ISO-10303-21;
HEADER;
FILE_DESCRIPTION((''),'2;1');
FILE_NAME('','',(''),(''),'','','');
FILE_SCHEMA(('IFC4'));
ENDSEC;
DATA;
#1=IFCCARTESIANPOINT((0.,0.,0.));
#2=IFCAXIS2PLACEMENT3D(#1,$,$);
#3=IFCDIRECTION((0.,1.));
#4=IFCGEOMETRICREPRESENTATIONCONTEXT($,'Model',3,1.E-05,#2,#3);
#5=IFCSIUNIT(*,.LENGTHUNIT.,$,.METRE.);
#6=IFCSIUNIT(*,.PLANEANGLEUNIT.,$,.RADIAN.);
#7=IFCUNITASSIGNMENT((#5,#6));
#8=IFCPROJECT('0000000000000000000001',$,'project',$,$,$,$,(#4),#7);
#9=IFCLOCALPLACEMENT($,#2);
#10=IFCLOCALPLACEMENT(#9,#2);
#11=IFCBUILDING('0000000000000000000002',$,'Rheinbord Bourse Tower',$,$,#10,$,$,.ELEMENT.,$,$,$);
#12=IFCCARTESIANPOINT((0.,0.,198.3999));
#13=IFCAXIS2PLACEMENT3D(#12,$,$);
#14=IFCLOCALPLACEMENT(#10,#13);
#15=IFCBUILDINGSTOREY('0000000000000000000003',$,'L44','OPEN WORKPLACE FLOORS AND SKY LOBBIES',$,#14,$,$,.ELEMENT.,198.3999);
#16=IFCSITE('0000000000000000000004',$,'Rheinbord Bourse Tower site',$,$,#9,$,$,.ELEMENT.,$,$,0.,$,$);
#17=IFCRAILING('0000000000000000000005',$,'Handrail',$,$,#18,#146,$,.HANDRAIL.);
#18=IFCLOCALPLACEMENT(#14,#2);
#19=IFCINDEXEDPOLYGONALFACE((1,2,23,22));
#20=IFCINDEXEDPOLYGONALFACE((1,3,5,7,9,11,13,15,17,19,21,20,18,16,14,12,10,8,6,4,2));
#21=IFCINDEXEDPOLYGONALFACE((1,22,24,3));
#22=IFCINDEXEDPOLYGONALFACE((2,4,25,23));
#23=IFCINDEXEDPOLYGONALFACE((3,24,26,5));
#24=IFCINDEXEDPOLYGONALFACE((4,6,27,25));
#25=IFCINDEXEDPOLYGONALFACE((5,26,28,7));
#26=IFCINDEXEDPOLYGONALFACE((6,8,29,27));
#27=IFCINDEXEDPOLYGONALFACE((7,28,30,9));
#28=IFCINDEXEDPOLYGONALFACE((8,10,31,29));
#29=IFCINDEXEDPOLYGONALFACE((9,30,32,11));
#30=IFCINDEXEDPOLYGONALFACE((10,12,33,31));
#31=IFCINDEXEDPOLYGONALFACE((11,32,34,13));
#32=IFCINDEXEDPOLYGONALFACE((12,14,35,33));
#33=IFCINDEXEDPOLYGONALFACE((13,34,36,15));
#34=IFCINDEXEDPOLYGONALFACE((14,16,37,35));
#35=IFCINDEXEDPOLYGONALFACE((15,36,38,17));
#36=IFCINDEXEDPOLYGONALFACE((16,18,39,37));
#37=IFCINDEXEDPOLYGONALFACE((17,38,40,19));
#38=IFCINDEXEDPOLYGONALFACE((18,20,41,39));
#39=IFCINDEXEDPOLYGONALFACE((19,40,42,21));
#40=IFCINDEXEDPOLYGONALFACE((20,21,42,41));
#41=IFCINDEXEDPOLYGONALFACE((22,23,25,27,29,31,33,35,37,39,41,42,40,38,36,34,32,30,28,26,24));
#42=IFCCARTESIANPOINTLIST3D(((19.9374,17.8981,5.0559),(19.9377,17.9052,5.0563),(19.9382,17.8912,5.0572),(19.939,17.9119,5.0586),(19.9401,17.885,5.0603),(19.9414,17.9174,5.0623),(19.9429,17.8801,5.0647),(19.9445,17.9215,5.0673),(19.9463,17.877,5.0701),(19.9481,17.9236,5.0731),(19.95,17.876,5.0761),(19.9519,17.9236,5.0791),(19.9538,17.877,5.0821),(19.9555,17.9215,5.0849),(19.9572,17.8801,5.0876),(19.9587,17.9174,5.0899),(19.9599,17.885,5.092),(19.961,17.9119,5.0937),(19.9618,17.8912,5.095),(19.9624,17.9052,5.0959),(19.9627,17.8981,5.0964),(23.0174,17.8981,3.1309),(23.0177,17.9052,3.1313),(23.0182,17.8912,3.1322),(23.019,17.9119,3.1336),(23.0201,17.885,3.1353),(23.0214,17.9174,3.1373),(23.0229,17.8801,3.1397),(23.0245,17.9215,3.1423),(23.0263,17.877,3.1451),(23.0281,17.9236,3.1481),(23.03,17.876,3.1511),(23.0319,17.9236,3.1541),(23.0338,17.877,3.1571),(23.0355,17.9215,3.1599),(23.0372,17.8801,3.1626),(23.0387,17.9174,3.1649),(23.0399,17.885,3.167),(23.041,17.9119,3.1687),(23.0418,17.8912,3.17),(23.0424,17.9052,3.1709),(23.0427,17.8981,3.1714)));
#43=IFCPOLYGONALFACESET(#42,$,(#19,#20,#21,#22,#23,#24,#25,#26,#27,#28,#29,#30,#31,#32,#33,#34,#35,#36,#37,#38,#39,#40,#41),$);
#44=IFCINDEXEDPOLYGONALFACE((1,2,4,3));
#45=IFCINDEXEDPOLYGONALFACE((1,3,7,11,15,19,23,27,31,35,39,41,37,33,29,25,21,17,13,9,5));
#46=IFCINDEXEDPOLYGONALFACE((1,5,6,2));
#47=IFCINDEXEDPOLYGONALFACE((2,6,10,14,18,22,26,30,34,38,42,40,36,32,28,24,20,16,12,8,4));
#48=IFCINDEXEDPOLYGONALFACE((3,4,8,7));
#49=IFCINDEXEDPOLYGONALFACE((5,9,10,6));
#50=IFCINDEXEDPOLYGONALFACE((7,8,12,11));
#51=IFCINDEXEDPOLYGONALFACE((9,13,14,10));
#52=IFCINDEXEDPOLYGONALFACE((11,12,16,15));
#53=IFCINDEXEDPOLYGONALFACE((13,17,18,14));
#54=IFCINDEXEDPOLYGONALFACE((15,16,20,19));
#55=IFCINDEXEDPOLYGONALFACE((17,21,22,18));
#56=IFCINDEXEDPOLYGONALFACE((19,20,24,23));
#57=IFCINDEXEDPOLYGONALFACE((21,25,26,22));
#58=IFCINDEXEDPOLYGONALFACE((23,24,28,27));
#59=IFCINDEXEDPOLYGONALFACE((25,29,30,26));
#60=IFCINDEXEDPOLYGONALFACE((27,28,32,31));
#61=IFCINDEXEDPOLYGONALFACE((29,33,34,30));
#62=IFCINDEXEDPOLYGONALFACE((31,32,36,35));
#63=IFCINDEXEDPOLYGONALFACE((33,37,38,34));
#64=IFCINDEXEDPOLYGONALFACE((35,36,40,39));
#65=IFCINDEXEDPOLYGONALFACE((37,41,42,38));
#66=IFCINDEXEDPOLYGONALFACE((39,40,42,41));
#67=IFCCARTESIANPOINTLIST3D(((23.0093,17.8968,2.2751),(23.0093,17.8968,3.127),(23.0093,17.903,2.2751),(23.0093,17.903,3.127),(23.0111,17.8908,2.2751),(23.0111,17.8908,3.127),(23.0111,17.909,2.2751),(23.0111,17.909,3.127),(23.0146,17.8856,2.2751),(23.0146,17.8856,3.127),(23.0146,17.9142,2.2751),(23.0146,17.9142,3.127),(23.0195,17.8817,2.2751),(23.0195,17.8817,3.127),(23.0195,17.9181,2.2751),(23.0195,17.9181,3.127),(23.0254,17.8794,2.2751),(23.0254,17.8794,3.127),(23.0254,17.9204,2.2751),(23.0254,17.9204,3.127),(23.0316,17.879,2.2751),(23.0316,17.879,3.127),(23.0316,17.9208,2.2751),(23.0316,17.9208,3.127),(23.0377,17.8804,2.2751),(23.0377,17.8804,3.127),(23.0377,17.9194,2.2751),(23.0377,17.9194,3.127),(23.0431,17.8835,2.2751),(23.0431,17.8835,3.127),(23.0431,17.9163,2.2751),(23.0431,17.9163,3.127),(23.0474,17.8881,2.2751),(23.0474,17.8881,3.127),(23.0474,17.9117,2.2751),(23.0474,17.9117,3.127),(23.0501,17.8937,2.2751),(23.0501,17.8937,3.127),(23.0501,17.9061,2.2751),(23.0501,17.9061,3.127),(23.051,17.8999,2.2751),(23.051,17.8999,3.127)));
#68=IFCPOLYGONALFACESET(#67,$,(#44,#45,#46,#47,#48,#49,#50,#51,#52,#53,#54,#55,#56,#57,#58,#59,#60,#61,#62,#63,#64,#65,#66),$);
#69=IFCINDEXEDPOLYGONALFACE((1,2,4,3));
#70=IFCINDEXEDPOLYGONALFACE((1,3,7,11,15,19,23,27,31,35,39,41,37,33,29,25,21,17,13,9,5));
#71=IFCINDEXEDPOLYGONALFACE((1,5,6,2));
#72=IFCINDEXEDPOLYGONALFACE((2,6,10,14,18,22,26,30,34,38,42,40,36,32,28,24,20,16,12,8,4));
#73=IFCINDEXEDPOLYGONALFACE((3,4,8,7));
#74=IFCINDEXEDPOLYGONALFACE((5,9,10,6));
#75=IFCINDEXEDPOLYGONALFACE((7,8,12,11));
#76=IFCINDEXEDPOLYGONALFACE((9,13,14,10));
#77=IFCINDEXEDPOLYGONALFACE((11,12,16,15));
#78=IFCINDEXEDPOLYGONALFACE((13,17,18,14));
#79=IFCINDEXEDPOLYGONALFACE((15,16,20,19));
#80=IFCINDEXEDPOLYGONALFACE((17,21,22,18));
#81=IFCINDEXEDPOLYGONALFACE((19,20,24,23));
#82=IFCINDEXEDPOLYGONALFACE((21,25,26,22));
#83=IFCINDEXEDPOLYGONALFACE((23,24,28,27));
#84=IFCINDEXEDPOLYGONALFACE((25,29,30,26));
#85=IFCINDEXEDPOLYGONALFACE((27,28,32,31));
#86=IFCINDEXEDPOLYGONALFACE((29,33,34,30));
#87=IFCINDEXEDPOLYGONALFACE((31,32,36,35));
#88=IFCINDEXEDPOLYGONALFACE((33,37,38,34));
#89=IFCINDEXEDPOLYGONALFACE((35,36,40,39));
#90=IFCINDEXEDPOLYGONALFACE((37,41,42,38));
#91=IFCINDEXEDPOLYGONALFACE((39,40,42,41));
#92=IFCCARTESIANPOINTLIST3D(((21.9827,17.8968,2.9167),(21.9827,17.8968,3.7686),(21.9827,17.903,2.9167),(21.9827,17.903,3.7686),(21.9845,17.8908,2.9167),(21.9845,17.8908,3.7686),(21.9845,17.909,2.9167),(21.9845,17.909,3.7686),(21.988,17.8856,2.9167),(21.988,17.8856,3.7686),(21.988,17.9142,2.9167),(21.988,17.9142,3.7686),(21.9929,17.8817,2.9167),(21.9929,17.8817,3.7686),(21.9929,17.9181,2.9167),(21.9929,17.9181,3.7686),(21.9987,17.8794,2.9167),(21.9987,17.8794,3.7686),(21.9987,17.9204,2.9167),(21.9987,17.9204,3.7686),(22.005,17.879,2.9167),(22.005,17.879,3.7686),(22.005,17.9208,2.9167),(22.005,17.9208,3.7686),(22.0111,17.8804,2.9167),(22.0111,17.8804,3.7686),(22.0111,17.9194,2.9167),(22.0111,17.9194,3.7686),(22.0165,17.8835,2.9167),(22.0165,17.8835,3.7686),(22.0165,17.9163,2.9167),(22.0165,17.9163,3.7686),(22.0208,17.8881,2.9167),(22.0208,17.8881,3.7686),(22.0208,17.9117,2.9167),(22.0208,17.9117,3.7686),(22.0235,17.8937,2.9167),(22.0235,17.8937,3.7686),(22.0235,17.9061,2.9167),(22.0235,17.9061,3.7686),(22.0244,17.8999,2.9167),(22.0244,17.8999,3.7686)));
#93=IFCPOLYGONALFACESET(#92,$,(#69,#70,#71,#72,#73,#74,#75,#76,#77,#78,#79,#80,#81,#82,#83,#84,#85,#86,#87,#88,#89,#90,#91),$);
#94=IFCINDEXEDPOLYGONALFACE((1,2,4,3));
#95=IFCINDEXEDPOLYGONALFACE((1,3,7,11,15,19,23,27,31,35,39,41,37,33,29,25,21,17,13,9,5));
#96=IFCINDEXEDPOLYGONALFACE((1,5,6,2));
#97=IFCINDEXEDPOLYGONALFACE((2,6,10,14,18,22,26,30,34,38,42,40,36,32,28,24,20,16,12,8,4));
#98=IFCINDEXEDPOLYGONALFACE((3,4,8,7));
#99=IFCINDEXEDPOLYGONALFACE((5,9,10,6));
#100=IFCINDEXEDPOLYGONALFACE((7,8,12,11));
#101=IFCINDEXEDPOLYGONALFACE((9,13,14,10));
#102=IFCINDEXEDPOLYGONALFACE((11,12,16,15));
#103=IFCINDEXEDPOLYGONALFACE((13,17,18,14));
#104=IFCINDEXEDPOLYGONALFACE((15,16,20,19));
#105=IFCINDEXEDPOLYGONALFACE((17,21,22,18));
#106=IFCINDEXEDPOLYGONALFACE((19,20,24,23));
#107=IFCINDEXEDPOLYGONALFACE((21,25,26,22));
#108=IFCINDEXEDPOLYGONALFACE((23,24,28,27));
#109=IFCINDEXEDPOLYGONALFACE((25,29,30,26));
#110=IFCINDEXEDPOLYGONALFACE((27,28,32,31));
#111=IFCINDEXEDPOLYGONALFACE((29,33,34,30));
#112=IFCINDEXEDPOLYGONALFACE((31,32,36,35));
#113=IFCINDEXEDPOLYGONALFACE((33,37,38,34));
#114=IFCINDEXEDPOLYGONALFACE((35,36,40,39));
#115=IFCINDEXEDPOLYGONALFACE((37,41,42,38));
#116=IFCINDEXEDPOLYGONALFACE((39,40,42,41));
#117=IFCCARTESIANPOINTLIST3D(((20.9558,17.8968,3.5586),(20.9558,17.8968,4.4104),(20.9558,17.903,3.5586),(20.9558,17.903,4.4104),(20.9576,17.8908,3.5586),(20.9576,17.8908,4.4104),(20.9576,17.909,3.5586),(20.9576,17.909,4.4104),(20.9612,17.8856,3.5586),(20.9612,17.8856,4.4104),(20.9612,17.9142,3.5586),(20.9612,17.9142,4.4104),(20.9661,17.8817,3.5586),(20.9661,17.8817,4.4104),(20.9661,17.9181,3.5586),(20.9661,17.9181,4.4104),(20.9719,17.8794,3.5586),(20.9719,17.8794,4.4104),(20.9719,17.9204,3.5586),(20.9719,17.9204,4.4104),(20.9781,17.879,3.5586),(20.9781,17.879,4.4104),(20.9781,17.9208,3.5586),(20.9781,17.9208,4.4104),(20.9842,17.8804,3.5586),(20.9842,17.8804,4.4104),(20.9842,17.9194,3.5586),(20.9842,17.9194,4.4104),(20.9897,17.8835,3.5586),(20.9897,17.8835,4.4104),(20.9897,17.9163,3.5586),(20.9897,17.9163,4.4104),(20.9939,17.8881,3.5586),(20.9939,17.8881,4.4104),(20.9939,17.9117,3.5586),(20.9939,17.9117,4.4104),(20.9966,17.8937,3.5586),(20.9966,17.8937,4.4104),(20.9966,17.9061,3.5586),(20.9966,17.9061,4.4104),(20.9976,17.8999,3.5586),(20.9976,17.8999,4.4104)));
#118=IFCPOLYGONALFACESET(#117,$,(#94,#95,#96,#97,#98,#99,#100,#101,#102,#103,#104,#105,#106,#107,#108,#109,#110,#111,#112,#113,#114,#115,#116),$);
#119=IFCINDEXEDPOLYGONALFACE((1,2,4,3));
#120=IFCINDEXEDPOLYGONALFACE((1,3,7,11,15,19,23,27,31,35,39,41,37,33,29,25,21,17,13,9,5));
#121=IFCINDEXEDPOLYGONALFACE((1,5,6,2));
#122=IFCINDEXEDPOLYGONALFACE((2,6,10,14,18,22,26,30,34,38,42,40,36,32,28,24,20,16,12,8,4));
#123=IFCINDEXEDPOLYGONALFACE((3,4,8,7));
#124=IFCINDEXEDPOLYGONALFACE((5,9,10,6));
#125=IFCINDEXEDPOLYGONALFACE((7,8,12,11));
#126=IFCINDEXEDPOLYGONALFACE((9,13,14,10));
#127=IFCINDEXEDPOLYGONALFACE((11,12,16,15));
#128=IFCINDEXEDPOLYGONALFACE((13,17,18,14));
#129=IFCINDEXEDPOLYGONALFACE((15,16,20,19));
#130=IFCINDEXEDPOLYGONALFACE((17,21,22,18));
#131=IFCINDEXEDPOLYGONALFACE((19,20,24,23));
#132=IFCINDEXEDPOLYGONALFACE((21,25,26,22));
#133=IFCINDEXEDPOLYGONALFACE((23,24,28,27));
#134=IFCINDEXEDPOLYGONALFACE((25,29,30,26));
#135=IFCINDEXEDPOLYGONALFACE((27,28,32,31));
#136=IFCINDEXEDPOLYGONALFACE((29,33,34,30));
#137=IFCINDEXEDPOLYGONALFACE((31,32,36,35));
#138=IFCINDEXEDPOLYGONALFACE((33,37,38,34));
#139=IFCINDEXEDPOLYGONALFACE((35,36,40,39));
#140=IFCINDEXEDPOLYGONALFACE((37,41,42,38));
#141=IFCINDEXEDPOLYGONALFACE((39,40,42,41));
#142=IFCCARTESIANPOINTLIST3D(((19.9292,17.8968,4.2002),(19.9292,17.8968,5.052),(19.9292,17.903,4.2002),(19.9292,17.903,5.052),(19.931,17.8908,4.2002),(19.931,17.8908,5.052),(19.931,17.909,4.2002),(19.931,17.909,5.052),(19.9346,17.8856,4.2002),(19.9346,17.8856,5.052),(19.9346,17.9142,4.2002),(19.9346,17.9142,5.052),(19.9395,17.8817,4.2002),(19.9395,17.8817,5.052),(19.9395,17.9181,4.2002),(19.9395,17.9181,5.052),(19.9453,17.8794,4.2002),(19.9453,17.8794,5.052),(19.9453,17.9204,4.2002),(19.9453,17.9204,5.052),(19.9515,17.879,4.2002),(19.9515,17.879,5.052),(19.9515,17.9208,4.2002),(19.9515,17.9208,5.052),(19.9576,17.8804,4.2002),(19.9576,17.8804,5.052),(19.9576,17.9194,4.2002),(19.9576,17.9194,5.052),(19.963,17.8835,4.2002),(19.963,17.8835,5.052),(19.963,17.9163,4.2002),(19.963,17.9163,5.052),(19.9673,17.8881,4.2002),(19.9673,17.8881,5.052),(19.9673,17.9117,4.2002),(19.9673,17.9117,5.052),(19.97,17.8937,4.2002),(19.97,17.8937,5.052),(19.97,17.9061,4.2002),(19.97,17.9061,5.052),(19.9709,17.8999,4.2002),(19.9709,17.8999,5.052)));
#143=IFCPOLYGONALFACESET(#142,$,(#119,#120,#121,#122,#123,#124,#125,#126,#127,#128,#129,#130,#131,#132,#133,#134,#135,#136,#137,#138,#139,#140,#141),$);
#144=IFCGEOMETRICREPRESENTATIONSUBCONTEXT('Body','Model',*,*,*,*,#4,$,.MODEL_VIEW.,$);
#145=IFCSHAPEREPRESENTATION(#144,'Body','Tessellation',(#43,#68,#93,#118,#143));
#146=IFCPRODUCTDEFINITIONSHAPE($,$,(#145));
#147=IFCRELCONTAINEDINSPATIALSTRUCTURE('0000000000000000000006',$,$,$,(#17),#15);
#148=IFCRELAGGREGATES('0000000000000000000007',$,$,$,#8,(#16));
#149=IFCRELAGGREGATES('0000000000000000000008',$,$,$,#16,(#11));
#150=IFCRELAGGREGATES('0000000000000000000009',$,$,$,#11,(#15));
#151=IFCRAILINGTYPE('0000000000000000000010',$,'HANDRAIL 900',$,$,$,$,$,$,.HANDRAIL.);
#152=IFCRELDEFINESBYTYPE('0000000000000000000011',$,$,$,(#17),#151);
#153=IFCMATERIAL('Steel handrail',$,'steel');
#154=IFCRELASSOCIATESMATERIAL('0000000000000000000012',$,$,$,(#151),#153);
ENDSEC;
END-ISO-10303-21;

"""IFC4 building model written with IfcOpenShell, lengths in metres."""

from ifc_helpers import new_model, si_unit, direction, frame, origin, origin_2d, place, context, subcontext, project, spatial, circle, extrude, material, type_object, element, save


model = new_model("IFC4")

# Units and contexts
model_context = context("Model", 3, precision=1e-05, world=origin(), true_north=direction((0.0, 1.0)))
body_context = subcontext(model_context, "Body", "Model", "MODEL_VIEW")
ifc_project = project(units=[si_unit("LENGTHUNIT", "METRE"), si_unit("PLANEANGLEUNIT", "RADIAN")], contexts=[model_context])

# Site, building, storey
site_placement = place(None, origin())
site = spatial("IfcSite", under=ifc_project, at=site_placement, Name="Rheinbord Bourse Tower site", CompositionType="ELEMENT", RefElevation=0.0)
building_placement = place(site_placement, origin())
building = spatial("IfcBuilding", under=site, at=building_placement, Name="Rheinbord Bourse Tower", CompositionType="ELEMENT")
storey_placement = place(building_placement, frame((0.0, 0.0, 198.3999)))
storey = spatial("IfcBuildingStorey", under=building, at=storey_placement, Name="L44", Description="OPEN WORKPLACE FLOORS AND SKY LOBBIES", CompositionType="ELEMENT", Elevation=198.3999)

# Railing
ifc_material_1 = material(Name="Steel handrail", Category="steel")
railing_type = type_object("IfcRailingType", Name="HANDRAIL 900", PredefinedType="HANDRAIL", material=ifc_material_1)
railing_1_placement = place(storey_placement, frame((23.03, 17.8999, 2.2751)))
element("IfcRailing", 1, at=railing_1_placement, inside=storey, type_object=railing_type, Name="Handrail", PredefinedType="HANDRAIL", context=body_context, shape_type="SweptSolid", body=[
    extrude(circle(Radius=0.0239, at=origin_2d()), frame((0.0, 0.0, 0.876), z_axis=(-0.847998, 0.0, 0.529999), x_axis=(0.0, -1.0, 0.0)), (0.0, 0.0, 1.0), 3.6321),
    extrude(circle(Radius=0.021, at=origin_2d()), origin(), (0.0, 0.0, 1.0), 0.8518),
    extrude(circle(Radius=0.021, at=origin_2d()), frame((-1.0266, 0.0, 0.6416)), (0.0, 0.0, 1.0), 0.8518),
    extrude(circle(Radius=0.021, at=origin_2d()), frame((-2.0535, 0.0, 1.2834)), (0.0, 0.0, 1.0), 0.8518),
    extrude(circle(Radius=0.021, at=origin_2d()), frame((-3.0801, 0.0, 1.925)), (0.0, 0.0, 1.0), 0.8518),
])

save(model, "model.ifc")
